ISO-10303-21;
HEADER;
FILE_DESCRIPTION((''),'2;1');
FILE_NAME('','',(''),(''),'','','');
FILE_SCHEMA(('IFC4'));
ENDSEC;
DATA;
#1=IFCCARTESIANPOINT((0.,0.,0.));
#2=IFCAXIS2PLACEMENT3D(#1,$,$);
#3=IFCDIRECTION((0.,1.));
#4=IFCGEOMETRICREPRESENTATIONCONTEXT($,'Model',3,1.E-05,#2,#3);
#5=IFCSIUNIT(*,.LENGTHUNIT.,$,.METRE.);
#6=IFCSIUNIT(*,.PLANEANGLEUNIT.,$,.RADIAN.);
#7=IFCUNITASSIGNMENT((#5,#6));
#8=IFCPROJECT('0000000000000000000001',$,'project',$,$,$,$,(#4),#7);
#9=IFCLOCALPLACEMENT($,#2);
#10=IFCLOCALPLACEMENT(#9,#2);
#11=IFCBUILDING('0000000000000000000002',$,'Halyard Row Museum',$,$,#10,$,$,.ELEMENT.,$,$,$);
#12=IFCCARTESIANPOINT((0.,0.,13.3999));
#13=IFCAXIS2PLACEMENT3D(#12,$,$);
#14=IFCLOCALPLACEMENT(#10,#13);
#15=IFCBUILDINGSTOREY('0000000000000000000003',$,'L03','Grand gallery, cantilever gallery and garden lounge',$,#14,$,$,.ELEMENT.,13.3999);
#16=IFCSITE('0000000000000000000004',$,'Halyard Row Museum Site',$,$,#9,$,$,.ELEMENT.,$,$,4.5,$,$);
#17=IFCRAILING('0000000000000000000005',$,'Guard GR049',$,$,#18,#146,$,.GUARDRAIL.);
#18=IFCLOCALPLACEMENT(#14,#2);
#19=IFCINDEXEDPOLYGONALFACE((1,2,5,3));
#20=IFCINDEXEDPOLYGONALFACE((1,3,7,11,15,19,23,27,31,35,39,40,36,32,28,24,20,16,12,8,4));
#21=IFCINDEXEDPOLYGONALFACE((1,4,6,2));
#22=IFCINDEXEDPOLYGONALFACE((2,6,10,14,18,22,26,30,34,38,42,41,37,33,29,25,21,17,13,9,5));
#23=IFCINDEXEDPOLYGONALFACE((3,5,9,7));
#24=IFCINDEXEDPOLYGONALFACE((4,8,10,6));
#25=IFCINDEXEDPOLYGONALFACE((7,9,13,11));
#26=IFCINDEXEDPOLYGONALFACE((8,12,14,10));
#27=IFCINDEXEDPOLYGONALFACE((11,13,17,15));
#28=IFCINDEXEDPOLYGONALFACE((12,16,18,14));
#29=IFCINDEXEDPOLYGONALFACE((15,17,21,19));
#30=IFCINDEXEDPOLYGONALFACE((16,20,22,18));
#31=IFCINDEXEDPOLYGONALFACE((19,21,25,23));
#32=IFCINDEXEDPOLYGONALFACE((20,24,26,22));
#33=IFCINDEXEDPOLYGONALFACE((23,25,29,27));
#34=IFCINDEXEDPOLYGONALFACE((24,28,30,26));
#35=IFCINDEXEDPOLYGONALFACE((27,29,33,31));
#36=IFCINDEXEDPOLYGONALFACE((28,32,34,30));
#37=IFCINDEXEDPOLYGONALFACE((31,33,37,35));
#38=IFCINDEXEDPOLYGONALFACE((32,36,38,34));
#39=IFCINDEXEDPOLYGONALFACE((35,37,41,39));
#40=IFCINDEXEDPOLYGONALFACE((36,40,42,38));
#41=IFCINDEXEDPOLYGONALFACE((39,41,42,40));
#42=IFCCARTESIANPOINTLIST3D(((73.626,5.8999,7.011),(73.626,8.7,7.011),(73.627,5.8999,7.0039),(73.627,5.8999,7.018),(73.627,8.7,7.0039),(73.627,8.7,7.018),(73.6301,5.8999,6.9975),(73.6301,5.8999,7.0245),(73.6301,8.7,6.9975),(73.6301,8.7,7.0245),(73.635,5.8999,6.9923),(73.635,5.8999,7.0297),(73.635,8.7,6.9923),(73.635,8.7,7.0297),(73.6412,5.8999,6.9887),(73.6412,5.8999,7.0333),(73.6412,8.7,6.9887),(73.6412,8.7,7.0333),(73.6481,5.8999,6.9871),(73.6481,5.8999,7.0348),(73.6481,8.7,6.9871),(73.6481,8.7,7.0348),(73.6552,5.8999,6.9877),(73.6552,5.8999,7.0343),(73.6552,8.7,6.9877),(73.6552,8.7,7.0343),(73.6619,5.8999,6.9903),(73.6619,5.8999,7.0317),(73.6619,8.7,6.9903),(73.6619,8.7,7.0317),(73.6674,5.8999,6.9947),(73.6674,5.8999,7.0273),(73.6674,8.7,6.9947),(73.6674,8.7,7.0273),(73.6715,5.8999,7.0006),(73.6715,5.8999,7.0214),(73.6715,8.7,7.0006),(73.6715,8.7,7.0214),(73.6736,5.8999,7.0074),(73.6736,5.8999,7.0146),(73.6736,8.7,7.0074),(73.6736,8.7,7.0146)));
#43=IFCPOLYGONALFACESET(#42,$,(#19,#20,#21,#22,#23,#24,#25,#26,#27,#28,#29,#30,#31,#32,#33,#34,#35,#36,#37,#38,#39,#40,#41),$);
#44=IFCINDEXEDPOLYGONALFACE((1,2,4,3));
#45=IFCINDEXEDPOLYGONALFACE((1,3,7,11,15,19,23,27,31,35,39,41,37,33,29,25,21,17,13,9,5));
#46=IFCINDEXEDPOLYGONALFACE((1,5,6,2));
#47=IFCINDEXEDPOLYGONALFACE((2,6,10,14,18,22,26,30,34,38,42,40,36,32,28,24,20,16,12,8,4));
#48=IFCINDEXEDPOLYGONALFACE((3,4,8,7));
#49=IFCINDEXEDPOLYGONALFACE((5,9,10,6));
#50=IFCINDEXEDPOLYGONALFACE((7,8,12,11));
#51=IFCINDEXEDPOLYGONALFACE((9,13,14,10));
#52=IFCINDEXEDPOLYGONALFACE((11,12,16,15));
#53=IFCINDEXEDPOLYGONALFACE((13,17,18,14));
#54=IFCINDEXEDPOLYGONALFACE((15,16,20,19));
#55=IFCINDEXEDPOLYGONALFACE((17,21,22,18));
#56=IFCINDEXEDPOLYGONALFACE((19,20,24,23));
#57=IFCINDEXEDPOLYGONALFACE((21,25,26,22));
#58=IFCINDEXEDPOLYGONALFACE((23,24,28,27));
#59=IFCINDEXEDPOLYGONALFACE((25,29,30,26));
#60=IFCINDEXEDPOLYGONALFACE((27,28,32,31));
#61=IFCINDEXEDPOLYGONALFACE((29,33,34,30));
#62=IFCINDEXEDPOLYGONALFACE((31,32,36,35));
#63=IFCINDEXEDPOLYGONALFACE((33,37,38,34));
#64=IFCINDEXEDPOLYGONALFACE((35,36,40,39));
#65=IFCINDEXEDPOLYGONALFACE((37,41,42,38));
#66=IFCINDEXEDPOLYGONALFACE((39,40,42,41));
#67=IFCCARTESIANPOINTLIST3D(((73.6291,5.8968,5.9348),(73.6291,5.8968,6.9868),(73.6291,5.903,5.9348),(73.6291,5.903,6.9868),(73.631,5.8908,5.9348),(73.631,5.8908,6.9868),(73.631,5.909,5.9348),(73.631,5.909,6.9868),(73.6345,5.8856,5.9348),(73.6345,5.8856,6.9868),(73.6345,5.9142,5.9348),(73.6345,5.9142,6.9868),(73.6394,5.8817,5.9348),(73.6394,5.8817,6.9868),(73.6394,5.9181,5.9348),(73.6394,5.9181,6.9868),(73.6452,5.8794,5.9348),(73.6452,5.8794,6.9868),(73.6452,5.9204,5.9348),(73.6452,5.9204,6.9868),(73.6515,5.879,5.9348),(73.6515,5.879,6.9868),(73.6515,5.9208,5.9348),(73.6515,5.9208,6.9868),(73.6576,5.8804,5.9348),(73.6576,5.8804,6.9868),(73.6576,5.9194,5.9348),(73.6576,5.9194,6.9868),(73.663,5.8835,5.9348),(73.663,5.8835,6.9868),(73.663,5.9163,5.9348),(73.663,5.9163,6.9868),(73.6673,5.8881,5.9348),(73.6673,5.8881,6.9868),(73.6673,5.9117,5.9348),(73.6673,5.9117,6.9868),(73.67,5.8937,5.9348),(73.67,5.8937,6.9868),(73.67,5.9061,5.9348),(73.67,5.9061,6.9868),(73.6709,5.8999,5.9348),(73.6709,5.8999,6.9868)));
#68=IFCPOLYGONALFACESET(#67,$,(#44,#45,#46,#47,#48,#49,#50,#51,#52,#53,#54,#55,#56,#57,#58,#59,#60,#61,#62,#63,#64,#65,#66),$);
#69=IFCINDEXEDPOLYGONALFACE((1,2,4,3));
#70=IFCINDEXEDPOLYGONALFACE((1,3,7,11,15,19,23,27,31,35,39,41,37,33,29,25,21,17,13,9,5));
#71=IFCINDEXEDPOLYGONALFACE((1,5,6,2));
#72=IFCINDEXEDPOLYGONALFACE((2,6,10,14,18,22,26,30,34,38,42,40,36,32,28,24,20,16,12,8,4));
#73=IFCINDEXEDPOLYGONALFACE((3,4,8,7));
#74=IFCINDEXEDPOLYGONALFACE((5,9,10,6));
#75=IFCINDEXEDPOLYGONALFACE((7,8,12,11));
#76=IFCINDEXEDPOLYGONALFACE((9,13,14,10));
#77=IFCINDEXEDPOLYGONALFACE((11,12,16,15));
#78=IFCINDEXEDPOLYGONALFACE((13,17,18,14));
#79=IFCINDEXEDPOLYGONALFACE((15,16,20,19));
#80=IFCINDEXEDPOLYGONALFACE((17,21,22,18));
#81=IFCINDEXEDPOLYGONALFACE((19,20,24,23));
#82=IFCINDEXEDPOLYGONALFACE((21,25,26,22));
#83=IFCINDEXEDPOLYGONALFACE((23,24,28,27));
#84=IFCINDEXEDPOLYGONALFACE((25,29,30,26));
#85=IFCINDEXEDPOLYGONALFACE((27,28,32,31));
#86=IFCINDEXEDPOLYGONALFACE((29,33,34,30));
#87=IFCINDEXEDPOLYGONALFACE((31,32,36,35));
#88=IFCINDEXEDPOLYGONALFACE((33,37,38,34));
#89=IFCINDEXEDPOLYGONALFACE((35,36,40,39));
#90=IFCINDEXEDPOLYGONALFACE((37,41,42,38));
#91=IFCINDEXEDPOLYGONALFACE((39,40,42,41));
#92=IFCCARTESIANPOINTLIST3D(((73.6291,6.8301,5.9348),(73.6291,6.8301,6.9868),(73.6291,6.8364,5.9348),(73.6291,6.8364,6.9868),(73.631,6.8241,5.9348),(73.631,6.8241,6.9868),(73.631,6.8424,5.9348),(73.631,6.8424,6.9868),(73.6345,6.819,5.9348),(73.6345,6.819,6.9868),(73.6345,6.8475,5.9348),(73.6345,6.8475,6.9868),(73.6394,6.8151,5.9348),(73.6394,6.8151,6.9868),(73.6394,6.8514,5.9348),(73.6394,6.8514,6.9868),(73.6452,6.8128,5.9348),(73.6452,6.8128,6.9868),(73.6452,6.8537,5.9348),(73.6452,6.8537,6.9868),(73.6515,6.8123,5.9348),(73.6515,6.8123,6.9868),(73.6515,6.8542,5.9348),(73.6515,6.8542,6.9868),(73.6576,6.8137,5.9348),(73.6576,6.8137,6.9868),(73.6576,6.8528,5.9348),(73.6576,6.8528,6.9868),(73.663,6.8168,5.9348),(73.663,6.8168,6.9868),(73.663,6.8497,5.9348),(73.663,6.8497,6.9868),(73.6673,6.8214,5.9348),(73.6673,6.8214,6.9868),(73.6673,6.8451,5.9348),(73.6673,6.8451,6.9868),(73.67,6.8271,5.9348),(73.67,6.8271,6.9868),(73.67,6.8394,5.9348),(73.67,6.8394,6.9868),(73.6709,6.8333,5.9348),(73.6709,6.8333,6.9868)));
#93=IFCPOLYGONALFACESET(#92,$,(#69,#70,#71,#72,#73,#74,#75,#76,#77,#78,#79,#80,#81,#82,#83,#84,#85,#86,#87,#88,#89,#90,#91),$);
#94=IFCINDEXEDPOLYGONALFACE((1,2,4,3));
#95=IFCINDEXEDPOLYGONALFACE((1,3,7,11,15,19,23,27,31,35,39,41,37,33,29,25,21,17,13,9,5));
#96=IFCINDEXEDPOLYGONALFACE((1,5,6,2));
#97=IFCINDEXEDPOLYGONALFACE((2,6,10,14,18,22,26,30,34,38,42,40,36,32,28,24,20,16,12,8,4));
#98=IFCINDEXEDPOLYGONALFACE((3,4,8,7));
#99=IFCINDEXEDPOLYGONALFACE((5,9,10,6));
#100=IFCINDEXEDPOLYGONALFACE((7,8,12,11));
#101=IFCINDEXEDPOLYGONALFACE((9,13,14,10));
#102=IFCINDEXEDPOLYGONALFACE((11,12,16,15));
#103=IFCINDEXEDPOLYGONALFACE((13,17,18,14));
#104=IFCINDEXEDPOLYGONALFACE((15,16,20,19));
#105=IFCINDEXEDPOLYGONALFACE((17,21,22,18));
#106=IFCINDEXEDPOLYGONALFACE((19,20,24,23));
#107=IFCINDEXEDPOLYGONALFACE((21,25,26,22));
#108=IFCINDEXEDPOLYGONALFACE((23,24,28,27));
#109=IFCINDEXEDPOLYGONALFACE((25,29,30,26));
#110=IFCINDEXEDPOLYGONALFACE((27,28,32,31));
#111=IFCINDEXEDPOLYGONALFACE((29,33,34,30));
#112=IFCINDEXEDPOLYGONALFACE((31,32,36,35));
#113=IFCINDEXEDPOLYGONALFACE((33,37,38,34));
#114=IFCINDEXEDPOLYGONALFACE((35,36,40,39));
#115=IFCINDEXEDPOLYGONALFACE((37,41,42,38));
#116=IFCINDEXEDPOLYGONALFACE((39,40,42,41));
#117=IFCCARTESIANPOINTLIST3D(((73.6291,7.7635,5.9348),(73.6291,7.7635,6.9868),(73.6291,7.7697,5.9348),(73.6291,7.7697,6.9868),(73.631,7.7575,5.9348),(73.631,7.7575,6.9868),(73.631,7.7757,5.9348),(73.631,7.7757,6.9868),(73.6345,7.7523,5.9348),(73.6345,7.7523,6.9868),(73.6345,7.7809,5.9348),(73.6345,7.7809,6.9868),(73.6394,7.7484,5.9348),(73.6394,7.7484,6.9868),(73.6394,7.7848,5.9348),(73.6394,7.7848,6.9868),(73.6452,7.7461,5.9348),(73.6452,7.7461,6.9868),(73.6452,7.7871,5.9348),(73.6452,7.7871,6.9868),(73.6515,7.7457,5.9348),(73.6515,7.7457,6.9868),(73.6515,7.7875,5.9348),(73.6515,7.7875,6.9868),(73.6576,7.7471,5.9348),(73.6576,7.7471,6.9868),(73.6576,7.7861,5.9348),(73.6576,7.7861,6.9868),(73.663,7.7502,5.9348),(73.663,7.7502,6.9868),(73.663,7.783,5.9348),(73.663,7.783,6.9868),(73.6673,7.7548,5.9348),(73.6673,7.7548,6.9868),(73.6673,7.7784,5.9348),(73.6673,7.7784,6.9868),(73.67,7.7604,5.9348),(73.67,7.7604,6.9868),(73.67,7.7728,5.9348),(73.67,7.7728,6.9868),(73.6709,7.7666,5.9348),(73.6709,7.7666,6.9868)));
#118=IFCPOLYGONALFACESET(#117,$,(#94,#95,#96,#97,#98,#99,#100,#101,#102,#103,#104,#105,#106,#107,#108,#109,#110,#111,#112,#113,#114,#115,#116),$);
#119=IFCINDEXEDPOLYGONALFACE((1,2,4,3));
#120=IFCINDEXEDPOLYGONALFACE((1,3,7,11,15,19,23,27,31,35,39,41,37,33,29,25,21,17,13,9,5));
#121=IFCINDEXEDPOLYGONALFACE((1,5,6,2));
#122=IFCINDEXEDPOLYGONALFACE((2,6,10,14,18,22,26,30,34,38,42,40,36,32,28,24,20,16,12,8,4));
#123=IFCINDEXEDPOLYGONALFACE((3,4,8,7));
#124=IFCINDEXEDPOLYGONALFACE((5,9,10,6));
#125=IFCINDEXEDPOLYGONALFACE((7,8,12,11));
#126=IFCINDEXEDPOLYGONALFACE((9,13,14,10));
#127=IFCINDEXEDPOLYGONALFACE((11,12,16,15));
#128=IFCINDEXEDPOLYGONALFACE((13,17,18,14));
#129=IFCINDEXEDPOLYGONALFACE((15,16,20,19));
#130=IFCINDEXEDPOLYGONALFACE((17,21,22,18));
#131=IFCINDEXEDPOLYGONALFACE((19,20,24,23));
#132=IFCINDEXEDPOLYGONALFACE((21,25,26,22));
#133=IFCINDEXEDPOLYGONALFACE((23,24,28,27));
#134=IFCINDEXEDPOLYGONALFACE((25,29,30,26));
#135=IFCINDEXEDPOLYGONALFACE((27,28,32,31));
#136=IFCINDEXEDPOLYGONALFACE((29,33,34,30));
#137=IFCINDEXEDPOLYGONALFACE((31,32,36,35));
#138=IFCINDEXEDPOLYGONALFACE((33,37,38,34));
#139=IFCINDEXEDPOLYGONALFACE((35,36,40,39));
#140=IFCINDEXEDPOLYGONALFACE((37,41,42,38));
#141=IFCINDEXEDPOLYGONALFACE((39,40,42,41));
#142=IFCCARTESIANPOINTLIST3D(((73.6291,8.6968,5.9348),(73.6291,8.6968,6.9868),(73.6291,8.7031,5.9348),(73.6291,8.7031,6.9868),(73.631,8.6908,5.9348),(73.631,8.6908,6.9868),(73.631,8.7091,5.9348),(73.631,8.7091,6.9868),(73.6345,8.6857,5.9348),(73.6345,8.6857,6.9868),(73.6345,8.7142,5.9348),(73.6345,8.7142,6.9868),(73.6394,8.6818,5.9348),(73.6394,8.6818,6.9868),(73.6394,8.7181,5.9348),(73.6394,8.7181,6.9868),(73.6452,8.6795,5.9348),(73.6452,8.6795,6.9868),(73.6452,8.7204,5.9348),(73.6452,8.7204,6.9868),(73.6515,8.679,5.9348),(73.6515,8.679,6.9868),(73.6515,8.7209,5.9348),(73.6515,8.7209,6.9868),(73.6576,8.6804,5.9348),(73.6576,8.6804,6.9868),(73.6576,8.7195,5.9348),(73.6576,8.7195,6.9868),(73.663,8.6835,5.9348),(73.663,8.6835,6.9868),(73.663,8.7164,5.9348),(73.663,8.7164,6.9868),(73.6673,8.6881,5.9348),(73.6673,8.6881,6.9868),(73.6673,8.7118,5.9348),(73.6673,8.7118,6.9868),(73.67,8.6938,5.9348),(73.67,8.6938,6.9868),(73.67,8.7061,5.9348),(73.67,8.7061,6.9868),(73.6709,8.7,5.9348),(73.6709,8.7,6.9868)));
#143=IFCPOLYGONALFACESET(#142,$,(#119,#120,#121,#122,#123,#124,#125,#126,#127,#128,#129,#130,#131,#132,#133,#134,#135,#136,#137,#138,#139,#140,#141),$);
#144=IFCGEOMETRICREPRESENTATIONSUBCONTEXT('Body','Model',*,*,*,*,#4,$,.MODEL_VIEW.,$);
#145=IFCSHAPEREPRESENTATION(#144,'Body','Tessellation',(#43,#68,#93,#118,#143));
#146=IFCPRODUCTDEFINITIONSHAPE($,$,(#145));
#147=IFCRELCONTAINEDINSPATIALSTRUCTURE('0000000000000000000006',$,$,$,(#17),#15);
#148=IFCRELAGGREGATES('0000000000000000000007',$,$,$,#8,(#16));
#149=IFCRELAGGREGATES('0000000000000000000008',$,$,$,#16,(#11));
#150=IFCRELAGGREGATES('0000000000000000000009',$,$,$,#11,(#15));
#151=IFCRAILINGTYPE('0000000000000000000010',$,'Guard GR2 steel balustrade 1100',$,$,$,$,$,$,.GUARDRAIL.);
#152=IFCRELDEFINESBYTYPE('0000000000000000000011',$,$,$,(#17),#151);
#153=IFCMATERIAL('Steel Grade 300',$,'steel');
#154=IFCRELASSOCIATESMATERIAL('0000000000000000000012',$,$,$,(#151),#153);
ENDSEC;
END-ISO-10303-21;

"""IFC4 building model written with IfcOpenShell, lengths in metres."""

from ifc_helpers import new_model, si_unit, direction, frame, origin, origin_2d, place, context, subcontext, project, spatial, circle, extrude, material, type_object, element, save


model = new_model("IFC4")

# Units and contexts
model_context = context("Model", 3, precision=1e-05, world=origin(), true_north=direction((0.0, 1.0)))
body_context = subcontext(model_context, "Body", "Model", "MODEL_VIEW")
ifc_project = project(units=[si_unit("LENGTHUNIT", "METRE"), si_unit("PLANEANGLEUNIT", "RADIAN")], contexts=[model_context])

# Site, building, storey
site_placement = place(None, origin())
site = spatial("IfcSite", under=ifc_project, at=site_placement, Name="Halyard Row Museum Site", CompositionType="ELEMENT", RefElevation=4.5)
building_placement = place(site_placement, origin())
building = spatial("IfcBuilding", under=site, at=building_placement, Name="Halyard Row Museum", CompositionType="ELEMENT")
storey_placement = place(building_placement, frame((0.0, 0.0, 13.3999)))
storey = spatial("IfcBuildingStorey", under=building, at=storey_placement, Name="L03", Description="Grand gallery, cantilever gallery and garden lounge", CompositionType="ELEMENT", Elevation=13.3999)

# Railing
ifc_material_1 = material(Name="Steel Grade 300", Category="steel")
railing_type_1 = type_object("IfcRailingType", Name="Guard GR2 steel balustrade 1100", PredefinedType="GUARDRAIL", material=ifc_material_1)
railing_1_placement = place(storey_placement, frame((73.6499, 5.8999, 5.9348)))
element("IfcRailing", 1, at=railing_1_placement, inside=storey, type_object=railing_type_1, Name="Guard GR049", PredefinedType="GUARDRAIL", context=body_context, shape_type="SweptSolid", body=[
    extrude(circle(Radius=0.0239, at=origin_2d()), frame((0.0, 0.0, 1.0762), z_axis=(0.0, 1.0, 0.0), x_axis=(-1.0, 0.0, 0.0)), (0.0, 0.0, 1.0), 2.8),
    extrude(circle(Radius=0.021, at=origin_2d()), origin(), (0.0, 0.0, 1.0), 1.052),
    extrude(circle(Radius=0.021, at=origin_2d()), frame((0.0, 0.9333, 0.0)), (0.0, 0.0, 1.0), 1.052),
    extrude(circle(Radius=0.021, at=origin_2d()), frame((0.0, 1.8667, 0.0)), (0.0, 0.0, 1.0), 1.052),
    extrude(circle(Radius=0.021, at=origin_2d()), frame((0.0, 2.8, 0.0)), (0.0, 0.0, 1.0), 1.052),
])

save(model, "model.ifc")
